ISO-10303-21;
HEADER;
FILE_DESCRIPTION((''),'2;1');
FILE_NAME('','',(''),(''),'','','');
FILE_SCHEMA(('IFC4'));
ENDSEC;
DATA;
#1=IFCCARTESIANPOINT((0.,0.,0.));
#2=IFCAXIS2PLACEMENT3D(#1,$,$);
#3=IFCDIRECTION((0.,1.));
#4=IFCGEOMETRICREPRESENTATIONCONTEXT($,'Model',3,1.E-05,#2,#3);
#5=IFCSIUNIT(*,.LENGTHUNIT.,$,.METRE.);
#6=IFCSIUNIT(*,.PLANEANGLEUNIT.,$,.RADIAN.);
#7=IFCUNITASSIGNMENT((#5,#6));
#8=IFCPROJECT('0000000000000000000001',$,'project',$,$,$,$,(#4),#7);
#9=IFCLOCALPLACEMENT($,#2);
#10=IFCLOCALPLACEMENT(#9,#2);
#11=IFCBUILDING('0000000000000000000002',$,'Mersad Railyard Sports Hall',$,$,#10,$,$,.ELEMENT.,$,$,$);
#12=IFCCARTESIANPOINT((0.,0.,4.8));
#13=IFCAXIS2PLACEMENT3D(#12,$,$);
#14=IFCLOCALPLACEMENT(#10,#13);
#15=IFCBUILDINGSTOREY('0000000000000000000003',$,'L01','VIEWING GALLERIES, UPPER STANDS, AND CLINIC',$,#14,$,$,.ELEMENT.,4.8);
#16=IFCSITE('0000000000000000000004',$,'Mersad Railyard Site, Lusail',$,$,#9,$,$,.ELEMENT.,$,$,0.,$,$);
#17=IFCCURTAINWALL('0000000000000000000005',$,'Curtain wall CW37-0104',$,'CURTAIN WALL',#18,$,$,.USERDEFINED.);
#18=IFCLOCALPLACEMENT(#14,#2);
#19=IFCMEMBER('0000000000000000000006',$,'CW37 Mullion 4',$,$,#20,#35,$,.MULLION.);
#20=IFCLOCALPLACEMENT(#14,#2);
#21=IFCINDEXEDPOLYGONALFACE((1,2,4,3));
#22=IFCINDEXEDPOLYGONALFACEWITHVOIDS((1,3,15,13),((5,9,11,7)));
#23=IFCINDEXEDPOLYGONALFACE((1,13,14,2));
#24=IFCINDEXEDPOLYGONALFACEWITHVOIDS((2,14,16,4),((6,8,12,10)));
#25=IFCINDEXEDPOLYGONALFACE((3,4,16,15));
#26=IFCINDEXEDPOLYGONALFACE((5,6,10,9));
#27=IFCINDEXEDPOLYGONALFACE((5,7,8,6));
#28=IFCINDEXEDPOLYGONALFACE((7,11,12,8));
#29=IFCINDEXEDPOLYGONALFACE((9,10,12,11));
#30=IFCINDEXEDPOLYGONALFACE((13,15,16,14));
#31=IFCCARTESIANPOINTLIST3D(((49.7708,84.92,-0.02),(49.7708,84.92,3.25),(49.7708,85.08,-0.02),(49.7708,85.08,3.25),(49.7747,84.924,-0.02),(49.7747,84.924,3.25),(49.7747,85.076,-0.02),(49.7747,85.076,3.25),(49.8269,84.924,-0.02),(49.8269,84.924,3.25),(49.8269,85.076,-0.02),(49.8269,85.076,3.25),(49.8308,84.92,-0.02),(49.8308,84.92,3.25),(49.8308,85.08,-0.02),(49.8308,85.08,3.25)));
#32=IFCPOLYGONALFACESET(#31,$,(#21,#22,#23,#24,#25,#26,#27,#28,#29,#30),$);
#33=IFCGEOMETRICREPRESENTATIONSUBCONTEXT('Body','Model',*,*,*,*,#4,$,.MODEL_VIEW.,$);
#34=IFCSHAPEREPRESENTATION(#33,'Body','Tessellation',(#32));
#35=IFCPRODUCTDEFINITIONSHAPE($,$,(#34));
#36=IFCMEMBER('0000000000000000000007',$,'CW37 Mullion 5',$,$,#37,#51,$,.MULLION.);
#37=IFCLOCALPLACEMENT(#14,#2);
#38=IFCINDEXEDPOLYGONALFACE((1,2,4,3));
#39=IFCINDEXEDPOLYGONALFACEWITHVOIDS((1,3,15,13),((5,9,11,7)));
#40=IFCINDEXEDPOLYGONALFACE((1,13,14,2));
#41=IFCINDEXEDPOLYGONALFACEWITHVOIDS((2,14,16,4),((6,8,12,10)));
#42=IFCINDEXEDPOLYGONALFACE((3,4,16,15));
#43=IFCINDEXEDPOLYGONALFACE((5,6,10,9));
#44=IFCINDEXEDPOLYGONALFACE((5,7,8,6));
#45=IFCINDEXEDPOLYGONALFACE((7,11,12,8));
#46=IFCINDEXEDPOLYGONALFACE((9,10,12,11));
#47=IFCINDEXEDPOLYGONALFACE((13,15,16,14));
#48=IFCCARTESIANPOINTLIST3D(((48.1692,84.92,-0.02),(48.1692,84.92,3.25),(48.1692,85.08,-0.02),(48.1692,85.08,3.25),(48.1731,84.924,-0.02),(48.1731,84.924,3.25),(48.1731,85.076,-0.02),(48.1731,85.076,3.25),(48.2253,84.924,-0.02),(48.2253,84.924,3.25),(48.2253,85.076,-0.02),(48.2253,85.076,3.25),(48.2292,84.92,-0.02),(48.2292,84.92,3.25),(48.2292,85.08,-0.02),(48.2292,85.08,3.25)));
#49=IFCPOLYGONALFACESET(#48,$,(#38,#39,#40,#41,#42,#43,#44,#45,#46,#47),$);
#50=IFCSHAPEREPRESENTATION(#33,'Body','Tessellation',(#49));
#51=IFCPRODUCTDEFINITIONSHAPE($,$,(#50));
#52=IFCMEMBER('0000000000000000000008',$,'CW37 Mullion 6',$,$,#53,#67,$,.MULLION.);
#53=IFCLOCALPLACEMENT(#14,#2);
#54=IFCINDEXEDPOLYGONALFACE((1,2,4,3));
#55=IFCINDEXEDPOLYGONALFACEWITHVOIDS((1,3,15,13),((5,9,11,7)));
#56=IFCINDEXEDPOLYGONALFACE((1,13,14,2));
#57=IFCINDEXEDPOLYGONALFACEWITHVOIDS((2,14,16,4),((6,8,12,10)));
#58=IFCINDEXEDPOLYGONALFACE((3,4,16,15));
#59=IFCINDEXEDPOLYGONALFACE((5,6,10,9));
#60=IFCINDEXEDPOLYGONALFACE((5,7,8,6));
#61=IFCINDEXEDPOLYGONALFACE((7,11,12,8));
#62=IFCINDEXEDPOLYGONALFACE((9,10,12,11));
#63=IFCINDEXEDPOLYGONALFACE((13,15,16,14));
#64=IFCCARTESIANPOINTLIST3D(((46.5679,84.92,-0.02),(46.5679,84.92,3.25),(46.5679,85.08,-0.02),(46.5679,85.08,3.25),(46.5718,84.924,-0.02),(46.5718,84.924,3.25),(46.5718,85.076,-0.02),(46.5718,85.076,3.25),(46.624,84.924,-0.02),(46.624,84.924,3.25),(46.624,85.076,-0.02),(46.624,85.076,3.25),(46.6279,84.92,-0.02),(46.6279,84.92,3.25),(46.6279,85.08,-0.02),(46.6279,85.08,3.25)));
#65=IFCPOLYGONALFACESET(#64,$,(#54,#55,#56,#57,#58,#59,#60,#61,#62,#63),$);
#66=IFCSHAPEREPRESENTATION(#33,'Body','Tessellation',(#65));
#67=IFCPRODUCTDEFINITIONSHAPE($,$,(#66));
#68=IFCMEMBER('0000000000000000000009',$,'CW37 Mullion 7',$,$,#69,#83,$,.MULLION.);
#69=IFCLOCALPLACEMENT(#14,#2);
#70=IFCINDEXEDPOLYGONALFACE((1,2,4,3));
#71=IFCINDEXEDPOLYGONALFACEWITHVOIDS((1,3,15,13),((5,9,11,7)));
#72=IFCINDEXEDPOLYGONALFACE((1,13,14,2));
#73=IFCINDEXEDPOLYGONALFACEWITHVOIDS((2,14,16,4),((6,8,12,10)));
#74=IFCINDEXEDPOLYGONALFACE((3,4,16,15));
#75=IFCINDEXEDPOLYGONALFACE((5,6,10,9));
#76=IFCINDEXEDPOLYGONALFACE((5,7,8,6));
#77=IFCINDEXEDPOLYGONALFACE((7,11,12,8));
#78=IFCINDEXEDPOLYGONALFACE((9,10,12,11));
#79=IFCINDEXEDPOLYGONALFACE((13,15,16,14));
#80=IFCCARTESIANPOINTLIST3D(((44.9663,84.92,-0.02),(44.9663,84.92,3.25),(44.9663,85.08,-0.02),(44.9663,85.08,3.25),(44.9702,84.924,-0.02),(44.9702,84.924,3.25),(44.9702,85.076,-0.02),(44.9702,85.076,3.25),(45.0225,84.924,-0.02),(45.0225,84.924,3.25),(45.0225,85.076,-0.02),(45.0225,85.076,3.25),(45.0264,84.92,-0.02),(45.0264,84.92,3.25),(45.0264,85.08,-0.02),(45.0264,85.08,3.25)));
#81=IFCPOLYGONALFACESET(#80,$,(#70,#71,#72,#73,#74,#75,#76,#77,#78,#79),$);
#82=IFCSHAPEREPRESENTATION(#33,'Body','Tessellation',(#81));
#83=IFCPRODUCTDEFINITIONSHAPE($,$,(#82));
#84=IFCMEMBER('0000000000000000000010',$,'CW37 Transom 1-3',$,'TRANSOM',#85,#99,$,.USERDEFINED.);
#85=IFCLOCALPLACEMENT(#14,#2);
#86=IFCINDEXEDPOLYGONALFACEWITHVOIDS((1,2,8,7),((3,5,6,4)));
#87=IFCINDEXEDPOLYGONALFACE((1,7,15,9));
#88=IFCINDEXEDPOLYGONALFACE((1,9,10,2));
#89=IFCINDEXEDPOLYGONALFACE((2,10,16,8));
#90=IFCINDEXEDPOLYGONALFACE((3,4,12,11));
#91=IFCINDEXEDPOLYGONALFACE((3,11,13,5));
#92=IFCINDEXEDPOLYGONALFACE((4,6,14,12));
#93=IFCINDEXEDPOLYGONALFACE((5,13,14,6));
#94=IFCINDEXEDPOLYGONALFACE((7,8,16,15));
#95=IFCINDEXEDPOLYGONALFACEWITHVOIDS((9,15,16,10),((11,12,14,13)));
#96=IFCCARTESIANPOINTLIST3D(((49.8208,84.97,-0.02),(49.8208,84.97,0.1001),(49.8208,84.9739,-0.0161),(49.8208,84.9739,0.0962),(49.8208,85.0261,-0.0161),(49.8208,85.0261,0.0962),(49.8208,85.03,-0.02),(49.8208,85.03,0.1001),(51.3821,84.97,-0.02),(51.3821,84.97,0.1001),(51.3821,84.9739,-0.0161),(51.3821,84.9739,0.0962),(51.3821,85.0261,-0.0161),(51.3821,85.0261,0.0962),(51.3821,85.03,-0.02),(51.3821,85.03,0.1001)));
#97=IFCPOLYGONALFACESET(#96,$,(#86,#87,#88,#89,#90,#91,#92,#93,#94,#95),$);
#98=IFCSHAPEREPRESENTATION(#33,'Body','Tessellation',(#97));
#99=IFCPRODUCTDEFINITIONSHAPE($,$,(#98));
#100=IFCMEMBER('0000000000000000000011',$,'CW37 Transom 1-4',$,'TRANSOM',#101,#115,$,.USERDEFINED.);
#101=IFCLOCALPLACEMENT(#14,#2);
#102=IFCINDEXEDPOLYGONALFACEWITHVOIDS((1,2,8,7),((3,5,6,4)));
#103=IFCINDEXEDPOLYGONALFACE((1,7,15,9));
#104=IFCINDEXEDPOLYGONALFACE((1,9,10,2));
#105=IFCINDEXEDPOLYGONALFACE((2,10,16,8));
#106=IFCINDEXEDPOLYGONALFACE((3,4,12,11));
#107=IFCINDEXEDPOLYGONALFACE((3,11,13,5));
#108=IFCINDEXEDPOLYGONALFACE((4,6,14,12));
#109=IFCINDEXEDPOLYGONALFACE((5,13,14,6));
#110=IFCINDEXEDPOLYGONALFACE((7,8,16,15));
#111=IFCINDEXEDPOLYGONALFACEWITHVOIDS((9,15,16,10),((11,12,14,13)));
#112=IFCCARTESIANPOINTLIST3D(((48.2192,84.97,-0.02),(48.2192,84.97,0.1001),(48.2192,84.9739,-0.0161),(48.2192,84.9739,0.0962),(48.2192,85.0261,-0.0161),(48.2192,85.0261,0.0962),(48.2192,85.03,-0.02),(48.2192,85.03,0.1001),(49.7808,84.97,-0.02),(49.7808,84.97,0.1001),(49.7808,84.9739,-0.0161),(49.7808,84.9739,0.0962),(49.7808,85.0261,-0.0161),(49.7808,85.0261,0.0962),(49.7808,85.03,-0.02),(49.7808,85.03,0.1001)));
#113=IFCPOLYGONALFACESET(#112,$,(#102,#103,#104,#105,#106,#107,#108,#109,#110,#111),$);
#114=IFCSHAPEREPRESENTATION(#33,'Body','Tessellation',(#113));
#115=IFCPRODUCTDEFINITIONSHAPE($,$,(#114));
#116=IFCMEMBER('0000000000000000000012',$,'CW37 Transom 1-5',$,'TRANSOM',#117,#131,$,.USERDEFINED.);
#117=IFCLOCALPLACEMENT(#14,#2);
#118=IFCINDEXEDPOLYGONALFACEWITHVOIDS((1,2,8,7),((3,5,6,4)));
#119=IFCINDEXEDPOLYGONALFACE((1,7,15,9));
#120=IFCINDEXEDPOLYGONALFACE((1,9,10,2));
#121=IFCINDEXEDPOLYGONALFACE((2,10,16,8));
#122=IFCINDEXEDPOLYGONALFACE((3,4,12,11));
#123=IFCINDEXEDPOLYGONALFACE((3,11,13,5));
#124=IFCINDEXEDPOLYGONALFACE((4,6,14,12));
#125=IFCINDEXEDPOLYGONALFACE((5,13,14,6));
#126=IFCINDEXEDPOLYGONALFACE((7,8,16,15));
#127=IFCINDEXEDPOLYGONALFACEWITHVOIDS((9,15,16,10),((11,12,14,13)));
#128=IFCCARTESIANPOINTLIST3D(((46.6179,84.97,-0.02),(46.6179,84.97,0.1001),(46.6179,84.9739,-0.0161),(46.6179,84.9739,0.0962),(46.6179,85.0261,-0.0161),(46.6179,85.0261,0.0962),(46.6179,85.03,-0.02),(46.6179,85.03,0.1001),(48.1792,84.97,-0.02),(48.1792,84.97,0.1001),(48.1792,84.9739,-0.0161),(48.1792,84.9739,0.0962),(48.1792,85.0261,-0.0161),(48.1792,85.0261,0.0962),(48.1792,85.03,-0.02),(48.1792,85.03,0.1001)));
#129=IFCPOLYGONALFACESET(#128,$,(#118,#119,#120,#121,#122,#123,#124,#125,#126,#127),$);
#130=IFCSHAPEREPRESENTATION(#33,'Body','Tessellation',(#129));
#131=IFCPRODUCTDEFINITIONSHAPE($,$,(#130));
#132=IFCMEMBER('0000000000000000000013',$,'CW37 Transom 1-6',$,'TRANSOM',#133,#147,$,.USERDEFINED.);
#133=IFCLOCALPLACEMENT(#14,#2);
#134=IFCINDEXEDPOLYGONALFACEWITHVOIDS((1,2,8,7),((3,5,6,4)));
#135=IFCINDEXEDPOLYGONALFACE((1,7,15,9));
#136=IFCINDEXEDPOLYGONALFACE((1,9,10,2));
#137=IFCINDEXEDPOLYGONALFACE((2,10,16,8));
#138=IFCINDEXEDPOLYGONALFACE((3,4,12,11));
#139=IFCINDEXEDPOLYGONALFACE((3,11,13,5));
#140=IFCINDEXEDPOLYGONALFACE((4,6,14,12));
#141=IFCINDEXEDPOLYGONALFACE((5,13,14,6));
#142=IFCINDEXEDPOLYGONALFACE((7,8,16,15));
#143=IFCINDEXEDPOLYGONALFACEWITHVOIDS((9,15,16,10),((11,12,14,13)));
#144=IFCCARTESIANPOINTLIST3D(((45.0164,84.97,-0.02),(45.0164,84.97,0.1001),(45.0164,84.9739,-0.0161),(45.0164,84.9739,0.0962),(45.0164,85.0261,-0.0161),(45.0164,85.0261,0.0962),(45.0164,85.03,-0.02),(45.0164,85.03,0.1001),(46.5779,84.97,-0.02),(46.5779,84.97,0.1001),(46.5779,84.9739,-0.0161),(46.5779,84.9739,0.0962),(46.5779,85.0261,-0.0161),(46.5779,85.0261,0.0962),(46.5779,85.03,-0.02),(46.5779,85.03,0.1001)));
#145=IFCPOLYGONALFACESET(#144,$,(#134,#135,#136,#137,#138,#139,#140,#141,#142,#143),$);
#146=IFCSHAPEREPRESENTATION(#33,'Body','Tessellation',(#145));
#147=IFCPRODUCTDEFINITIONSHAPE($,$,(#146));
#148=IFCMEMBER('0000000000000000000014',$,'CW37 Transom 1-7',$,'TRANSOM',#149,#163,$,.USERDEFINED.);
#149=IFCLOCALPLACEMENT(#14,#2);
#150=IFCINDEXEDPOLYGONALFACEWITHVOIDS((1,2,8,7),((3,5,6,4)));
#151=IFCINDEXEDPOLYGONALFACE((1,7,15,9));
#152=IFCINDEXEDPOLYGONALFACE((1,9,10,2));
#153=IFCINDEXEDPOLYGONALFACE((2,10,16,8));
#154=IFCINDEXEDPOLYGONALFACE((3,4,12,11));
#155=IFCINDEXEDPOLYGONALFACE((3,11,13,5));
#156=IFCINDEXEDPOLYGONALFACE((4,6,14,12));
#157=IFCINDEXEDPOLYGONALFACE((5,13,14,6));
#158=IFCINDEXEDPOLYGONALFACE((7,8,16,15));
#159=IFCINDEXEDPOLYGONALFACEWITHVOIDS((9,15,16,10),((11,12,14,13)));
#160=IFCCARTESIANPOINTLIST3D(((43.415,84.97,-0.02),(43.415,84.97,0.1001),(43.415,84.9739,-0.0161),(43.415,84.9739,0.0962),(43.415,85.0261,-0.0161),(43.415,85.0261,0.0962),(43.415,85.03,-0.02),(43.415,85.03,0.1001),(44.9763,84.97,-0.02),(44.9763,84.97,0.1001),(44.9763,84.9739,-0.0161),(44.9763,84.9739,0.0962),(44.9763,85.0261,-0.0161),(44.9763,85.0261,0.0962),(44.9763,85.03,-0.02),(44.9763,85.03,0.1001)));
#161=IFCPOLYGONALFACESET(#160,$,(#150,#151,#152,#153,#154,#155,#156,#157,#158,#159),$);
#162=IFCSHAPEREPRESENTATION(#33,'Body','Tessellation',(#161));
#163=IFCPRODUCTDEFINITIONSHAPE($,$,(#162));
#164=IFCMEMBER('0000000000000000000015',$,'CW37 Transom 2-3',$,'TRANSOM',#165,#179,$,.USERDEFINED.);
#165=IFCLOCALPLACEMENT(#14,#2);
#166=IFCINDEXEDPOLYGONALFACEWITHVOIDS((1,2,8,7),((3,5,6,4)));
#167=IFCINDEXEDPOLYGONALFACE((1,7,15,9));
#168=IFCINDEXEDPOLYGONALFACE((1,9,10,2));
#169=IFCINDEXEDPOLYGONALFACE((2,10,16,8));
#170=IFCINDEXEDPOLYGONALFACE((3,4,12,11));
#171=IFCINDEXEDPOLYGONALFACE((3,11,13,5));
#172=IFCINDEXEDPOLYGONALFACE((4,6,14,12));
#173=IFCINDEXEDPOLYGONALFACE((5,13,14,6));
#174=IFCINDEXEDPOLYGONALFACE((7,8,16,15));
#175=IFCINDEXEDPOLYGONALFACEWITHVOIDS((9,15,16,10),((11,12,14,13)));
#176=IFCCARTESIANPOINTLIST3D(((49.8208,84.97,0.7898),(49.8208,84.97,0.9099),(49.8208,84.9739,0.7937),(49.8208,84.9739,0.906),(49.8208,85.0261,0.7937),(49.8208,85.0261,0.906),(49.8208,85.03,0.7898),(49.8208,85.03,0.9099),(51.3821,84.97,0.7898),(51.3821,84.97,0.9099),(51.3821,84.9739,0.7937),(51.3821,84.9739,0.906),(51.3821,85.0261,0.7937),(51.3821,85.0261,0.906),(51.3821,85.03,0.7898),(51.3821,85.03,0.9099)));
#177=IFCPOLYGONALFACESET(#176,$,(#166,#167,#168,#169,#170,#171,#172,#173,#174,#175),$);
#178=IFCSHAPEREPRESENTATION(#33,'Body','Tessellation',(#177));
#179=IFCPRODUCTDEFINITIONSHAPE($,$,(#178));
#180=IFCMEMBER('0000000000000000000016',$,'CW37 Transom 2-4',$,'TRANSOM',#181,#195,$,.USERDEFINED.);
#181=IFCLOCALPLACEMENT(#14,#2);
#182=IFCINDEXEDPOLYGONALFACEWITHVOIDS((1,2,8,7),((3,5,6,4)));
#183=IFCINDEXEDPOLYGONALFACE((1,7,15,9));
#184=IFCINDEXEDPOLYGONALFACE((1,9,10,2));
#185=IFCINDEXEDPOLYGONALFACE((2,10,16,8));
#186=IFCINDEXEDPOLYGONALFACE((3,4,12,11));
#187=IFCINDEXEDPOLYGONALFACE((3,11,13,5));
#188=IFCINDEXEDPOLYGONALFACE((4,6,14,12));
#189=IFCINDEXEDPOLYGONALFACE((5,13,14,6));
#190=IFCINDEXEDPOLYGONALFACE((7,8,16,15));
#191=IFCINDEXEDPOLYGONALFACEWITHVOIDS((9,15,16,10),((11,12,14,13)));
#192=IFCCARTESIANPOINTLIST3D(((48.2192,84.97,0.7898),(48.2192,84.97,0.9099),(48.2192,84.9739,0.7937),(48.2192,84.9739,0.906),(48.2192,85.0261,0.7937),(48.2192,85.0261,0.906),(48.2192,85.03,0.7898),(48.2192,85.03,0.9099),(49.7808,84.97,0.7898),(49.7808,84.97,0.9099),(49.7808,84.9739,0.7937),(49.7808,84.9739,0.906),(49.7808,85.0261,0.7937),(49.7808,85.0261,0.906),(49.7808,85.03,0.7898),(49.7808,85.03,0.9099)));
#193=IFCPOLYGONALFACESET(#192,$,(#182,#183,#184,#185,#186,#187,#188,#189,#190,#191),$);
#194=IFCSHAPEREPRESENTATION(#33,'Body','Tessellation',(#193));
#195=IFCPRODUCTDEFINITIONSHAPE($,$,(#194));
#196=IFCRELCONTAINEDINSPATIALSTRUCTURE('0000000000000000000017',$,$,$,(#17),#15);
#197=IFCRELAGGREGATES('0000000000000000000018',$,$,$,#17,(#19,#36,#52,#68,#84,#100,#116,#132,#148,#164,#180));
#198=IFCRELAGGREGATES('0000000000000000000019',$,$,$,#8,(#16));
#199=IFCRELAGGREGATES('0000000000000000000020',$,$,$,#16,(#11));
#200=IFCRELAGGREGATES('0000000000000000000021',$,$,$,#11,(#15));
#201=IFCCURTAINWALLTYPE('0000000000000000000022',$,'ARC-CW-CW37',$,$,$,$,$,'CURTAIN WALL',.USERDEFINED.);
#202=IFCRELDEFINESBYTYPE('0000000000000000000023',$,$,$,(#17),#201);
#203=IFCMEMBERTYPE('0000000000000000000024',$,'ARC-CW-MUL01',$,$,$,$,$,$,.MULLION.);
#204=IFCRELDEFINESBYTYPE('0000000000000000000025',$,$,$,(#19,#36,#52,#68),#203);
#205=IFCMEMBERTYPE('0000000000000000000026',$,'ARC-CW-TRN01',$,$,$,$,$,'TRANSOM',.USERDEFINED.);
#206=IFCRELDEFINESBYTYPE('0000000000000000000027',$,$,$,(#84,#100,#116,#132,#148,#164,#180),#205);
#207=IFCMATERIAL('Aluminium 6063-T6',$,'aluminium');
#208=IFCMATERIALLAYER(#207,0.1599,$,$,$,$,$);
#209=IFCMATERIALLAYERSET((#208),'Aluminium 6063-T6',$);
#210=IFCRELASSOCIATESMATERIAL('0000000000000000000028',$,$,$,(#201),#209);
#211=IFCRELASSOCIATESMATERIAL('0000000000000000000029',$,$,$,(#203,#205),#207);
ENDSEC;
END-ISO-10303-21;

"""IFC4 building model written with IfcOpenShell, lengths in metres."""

from ifc_helpers import new_model, si_unit, direction, frame, origin, origin_2d, place, context, subcontext, project, spatial, hollow_rectangle, extrude, material, layer, layer_set, material_profile, profile_set, type_object, element, aggregate, save


model = new_model("IFC4")

# Units and contexts
model_context = context("Model", 3, precision=1e-05, world=origin(), true_north=direction((0.0, 1.0)))
body_context = subcontext(model_context, "Body", "Model", "MODEL_VIEW")
ifc_project = project(units=[si_unit("LENGTHUNIT", "METRE"), si_unit("PLANEANGLEUNIT", "RADIAN")], contexts=[model_context])

# Site, building, storey
site_placement = place(None, origin())
site = spatial("IfcSite", under=ifc_project, at=site_placement, Name="Mersad Railyard Site, Lusail", CompositionType="ELEMENT", RefElevation=0.0)
building_placement = place(site_placement, origin())
building = spatial("IfcBuilding", under=site, at=building_placement, Name="Mersad Railyard Sports Hall", CompositionType="ELEMENT")
storey_placement = place(building_placement, frame((0.0, 0.0, 4.8)))
storey = spatial("IfcBuildingStorey", under=building, at=storey_placement, Name="L01", Description="VIEWING GALLERIES, UPPER STANDS, AND CLINIC", CompositionType="ELEMENT", Elevation=4.8)

# Curtain wall, members
ifc_material_1 = material(Name="Aluminium 6063-T6", Category="aluminium")
ifc_layer_1 = layer(ifc_material_1, 0.1599)
ifc_layer_set_1 = layer_set([ifc_layer_1], Name="Aluminium 6063-T6")
curtain_wall_type = type_object("IfcCurtainWallType", Name="ARC-CW-CW37", ElementType="CURTAIN WALL", PredefinedType="USERDEFINED", material=ifc_layer_set_1)
curtain_wall_placement = place(storey_placement, origin())
curtain_wall = element("IfcCurtainWall", 1, at=curtain_wall_placement, inside=storey, type_object=curtain_wall_type, Name="Curtain wall CW37-0104", ObjectType="CURTAIN WALL", PredefinedType="USERDEFINED")
ifc_material_profile_1 = material_profile(ifc_material_1, hollow_rectangle(XDim=0.0601, YDim=0.1599, WallThickness=0.0039, at=origin_2d()), Name="AL MULLION 60x160x4")
ifc_profile_set_1 = profile_set([ifc_material_profile_1], Name="Aluminium 6063-T6")
member_type_1 = type_object("IfcMemberType", Name="ARC-CW-MUL01", PredefinedType="MULLION", material=ifc_profile_set_1)
member_1_placement = place(storey_placement, frame((49.8008, 85.0, -0.02), z_axis=(0.0, 0.0, 1.0), x_axis=(1.0, 0.0, 0.0)))
member_1 = element("IfcMember", 2, at=member_1_placement, type_object=member_type_1, Name="CW37 Mullion 4", PredefinedType="MULLION", context=body_context, shape_type="SweptSolid", body=[
    extrude(hollow_rectangle(XDim=0.0601, YDim=0.1599, WallThickness=0.0039, at=origin_2d()), origin(), (0.0, 0.0, 1.0), 3.27),
])
member_2_placement = place(storey_placement, frame((48.1992, 85.0, -0.02), z_axis=(0.0, 0.0, 1.0), x_axis=(1.0, 0.0, 0.0)))
member_2 = element("IfcMember", 3, at=member_2_placement, type_object=member_type_1, Name="CW37 Mullion 5", PredefinedType="MULLION", context=body_context, shape_type="SweptSolid", body=[
    extrude(hollow_rectangle(XDim=0.0601, YDim=0.1599, WallThickness=0.0039, at=origin_2d()), origin(), (0.0, 0.0, 1.0), 3.27),
])
member_3_placement = place(storey_placement, frame((46.5979, 85.0, -0.02), z_axis=(0.0, 0.0, 1.0), x_axis=(1.0, 0.0, 0.0)))
member_3 = element("IfcMember", 4, at=member_3_placement, type_object=member_type_1, Name="CW37 Mullion 6", PredefinedType="MULLION", context=body_context, shape_type="SweptSolid", body=[
    extrude(hollow_rectangle(XDim=0.0601, YDim=0.1599, WallThickness=0.0039, at=origin_2d()), origin(), (0.0, 0.0, 1.0), 3.27),
])
member_4_placement = place(storey_placement, frame((44.9963, 85.0, -0.02), z_axis=(0.0, 0.0, 1.0), x_axis=(1.0, 0.0, 0.0)))
member_4 = element("IfcMember", 5, at=member_4_placement, type_object=member_type_1, Name="CW37 Mullion 7", PredefinedType="MULLION", context=body_context, shape_type="SweptSolid", body=[
    extrude(hollow_rectangle(XDim=0.0601, YDim=0.1599, WallThickness=0.0039, at=origin_2d()), origin(), (0.0, 0.0, 1.0), 3.27),
])
ifc_material_profile_2 = material_profile(ifc_material_1, hollow_rectangle(XDim=0.0601, YDim=0.1201, WallThickness=0.0039, at=origin_2d()), Name="AL TRANSOM 60x120x4")
ifc_profile_set_2 = profile_set([ifc_material_profile_2], Name="Aluminium 6063-T6")
member_type_2 = type_object("IfcMemberType", Name="ARC-CW-TRN01", ElementType="TRANSOM", PredefinedType="USERDEFINED", material=ifc_profile_set_2)
member_5_placement = place(storey_placement, frame((51.3821, 85.0, 0.04), z_axis=(-1.0, 0.0, 0.0), x_axis=(0.0, -1.0, 0.0)))
member_5 = element("IfcMember", 6, at=member_5_placement, type_object=member_type_2, Name="CW37 Transom 1-3", ObjectType="TRANSOM", PredefinedType="USERDEFINED", context=body_context, shape_type="SweptSolid", body=[
    extrude(hollow_rectangle(XDim=0.0601, YDim=0.1201, WallThickness=0.0039, at=origin_2d()), origin(), (0.0, 0.0, 1.0), 1.5613),
])
member_6_placement = place(storey_placement, frame((49.7808, 85.0, 0.04), z_axis=(-1.0, 0.0, 0.0), x_axis=(0.0, -1.0, 0.0)))
member_6 = element("IfcMember", 7, at=member_6_placement, type_object=member_type_2, Name="CW37 Transom 1-4", ObjectType="TRANSOM", PredefinedType="USERDEFINED", context=body_context, shape_type="SweptSolid", body=[
    extrude(hollow_rectangle(XDim=0.0601, YDim=0.1201, WallThickness=0.0039, at=origin_2d()), origin(), (0.0, 0.0, 1.0), 1.5615),
])
member_7_placement = place(storey_placement, frame((48.1792, 85.0, 0.04), z_axis=(-1.0, 0.0, 0.0), x_axis=(0.0, -1.0, 0.0)))
member_7 = element("IfcMember", 8, at=member_7_placement, type_object=member_type_2, Name="CW37 Transom 1-5", ObjectType="TRANSOM", PredefinedType="USERDEFINED", context=body_context, shape_type="SweptSolid", body=[
    extrude(hollow_rectangle(XDim=0.0601, YDim=0.1201, WallThickness=0.0039, at=origin_2d()), origin(), (0.0, 0.0, 1.0), 1.5613),
])
member_8_placement = place(storey_placement, frame((46.5779, 85.0, 0.04), z_axis=(-1.0, 0.0, 0.0), x_axis=(0.0, -1.0, 0.0)))
member_8 = element("IfcMember", 9, at=member_8_placement, type_object=member_type_2, Name="CW37 Transom 1-6", ObjectType="TRANSOM", PredefinedType="USERDEFINED", context=body_context, shape_type="SweptSolid", body=[
    extrude(hollow_rectangle(XDim=0.0601, YDim=0.1201, WallThickness=0.0039, at=origin_2d()), origin(), (0.0, 0.0, 1.0), 1.5615),
])
member_9_placement = place(storey_placement, frame((44.9763, 85.0, 0.04), z_axis=(-1.0, 0.0, 0.0), x_axis=(0.0, -1.0, 0.0)))
member_9 = element("IfcMember", 10, at=member_9_placement, type_object=member_type_2, Name="CW37 Transom 1-7", ObjectType="TRANSOM", PredefinedType="USERDEFINED", context=body_context, shape_type="SweptSolid", body=[
    extrude(hollow_rectangle(XDim=0.0601, YDim=0.1201, WallThickness=0.0039, at=origin_2d()), origin(), (0.0, 0.0, 1.0), 1.5613),
])
member_10_placement = place(storey_placement, frame((51.3821, 85.0, 0.8499), z_axis=(-1.0, 0.0, 0.0), x_axis=(0.0, -1.0, 0.0)))
member_10 = element("IfcMember", 11, at=member_10_placement, type_object=member_type_2, Name="CW37 Transom 2-3", ObjectType="TRANSOM", PredefinedType="USERDEFINED", context=body_context, shape_type="SweptSolid", body=[
    extrude(hollow_rectangle(XDim=0.0601, YDim=0.1201, WallThickness=0.0039, at=origin_2d()), origin(), (0.0, 0.0, 1.0), 1.5613),
])
member_11_placement = place(storey_placement, frame((49.7808, 85.0, 0.8499), z_axis=(-1.0, 0.0, 0.0), x_axis=(0.0, -1.0, 0.0)))
member_11 = element("IfcMember", 12, at=member_11_placement, type_object=member_type_2, Name="CW37 Transom 2-4", ObjectType="TRANSOM", PredefinedType="USERDEFINED", context=body_context, shape_type="SweptSolid", body=[
    extrude(hollow_rectangle(XDim=0.0601, YDim=0.1201, WallThickness=0.0039, at=origin_2d()), origin(), (0.0, 0.0, 1.0), 1.5615),
])
aggregate(curtain_wall, [member_1, member_2, member_3, member_4, member_5, member_6, member_7, member_8, member_9, member_10, member_11])

save(model, "model.ifc")
